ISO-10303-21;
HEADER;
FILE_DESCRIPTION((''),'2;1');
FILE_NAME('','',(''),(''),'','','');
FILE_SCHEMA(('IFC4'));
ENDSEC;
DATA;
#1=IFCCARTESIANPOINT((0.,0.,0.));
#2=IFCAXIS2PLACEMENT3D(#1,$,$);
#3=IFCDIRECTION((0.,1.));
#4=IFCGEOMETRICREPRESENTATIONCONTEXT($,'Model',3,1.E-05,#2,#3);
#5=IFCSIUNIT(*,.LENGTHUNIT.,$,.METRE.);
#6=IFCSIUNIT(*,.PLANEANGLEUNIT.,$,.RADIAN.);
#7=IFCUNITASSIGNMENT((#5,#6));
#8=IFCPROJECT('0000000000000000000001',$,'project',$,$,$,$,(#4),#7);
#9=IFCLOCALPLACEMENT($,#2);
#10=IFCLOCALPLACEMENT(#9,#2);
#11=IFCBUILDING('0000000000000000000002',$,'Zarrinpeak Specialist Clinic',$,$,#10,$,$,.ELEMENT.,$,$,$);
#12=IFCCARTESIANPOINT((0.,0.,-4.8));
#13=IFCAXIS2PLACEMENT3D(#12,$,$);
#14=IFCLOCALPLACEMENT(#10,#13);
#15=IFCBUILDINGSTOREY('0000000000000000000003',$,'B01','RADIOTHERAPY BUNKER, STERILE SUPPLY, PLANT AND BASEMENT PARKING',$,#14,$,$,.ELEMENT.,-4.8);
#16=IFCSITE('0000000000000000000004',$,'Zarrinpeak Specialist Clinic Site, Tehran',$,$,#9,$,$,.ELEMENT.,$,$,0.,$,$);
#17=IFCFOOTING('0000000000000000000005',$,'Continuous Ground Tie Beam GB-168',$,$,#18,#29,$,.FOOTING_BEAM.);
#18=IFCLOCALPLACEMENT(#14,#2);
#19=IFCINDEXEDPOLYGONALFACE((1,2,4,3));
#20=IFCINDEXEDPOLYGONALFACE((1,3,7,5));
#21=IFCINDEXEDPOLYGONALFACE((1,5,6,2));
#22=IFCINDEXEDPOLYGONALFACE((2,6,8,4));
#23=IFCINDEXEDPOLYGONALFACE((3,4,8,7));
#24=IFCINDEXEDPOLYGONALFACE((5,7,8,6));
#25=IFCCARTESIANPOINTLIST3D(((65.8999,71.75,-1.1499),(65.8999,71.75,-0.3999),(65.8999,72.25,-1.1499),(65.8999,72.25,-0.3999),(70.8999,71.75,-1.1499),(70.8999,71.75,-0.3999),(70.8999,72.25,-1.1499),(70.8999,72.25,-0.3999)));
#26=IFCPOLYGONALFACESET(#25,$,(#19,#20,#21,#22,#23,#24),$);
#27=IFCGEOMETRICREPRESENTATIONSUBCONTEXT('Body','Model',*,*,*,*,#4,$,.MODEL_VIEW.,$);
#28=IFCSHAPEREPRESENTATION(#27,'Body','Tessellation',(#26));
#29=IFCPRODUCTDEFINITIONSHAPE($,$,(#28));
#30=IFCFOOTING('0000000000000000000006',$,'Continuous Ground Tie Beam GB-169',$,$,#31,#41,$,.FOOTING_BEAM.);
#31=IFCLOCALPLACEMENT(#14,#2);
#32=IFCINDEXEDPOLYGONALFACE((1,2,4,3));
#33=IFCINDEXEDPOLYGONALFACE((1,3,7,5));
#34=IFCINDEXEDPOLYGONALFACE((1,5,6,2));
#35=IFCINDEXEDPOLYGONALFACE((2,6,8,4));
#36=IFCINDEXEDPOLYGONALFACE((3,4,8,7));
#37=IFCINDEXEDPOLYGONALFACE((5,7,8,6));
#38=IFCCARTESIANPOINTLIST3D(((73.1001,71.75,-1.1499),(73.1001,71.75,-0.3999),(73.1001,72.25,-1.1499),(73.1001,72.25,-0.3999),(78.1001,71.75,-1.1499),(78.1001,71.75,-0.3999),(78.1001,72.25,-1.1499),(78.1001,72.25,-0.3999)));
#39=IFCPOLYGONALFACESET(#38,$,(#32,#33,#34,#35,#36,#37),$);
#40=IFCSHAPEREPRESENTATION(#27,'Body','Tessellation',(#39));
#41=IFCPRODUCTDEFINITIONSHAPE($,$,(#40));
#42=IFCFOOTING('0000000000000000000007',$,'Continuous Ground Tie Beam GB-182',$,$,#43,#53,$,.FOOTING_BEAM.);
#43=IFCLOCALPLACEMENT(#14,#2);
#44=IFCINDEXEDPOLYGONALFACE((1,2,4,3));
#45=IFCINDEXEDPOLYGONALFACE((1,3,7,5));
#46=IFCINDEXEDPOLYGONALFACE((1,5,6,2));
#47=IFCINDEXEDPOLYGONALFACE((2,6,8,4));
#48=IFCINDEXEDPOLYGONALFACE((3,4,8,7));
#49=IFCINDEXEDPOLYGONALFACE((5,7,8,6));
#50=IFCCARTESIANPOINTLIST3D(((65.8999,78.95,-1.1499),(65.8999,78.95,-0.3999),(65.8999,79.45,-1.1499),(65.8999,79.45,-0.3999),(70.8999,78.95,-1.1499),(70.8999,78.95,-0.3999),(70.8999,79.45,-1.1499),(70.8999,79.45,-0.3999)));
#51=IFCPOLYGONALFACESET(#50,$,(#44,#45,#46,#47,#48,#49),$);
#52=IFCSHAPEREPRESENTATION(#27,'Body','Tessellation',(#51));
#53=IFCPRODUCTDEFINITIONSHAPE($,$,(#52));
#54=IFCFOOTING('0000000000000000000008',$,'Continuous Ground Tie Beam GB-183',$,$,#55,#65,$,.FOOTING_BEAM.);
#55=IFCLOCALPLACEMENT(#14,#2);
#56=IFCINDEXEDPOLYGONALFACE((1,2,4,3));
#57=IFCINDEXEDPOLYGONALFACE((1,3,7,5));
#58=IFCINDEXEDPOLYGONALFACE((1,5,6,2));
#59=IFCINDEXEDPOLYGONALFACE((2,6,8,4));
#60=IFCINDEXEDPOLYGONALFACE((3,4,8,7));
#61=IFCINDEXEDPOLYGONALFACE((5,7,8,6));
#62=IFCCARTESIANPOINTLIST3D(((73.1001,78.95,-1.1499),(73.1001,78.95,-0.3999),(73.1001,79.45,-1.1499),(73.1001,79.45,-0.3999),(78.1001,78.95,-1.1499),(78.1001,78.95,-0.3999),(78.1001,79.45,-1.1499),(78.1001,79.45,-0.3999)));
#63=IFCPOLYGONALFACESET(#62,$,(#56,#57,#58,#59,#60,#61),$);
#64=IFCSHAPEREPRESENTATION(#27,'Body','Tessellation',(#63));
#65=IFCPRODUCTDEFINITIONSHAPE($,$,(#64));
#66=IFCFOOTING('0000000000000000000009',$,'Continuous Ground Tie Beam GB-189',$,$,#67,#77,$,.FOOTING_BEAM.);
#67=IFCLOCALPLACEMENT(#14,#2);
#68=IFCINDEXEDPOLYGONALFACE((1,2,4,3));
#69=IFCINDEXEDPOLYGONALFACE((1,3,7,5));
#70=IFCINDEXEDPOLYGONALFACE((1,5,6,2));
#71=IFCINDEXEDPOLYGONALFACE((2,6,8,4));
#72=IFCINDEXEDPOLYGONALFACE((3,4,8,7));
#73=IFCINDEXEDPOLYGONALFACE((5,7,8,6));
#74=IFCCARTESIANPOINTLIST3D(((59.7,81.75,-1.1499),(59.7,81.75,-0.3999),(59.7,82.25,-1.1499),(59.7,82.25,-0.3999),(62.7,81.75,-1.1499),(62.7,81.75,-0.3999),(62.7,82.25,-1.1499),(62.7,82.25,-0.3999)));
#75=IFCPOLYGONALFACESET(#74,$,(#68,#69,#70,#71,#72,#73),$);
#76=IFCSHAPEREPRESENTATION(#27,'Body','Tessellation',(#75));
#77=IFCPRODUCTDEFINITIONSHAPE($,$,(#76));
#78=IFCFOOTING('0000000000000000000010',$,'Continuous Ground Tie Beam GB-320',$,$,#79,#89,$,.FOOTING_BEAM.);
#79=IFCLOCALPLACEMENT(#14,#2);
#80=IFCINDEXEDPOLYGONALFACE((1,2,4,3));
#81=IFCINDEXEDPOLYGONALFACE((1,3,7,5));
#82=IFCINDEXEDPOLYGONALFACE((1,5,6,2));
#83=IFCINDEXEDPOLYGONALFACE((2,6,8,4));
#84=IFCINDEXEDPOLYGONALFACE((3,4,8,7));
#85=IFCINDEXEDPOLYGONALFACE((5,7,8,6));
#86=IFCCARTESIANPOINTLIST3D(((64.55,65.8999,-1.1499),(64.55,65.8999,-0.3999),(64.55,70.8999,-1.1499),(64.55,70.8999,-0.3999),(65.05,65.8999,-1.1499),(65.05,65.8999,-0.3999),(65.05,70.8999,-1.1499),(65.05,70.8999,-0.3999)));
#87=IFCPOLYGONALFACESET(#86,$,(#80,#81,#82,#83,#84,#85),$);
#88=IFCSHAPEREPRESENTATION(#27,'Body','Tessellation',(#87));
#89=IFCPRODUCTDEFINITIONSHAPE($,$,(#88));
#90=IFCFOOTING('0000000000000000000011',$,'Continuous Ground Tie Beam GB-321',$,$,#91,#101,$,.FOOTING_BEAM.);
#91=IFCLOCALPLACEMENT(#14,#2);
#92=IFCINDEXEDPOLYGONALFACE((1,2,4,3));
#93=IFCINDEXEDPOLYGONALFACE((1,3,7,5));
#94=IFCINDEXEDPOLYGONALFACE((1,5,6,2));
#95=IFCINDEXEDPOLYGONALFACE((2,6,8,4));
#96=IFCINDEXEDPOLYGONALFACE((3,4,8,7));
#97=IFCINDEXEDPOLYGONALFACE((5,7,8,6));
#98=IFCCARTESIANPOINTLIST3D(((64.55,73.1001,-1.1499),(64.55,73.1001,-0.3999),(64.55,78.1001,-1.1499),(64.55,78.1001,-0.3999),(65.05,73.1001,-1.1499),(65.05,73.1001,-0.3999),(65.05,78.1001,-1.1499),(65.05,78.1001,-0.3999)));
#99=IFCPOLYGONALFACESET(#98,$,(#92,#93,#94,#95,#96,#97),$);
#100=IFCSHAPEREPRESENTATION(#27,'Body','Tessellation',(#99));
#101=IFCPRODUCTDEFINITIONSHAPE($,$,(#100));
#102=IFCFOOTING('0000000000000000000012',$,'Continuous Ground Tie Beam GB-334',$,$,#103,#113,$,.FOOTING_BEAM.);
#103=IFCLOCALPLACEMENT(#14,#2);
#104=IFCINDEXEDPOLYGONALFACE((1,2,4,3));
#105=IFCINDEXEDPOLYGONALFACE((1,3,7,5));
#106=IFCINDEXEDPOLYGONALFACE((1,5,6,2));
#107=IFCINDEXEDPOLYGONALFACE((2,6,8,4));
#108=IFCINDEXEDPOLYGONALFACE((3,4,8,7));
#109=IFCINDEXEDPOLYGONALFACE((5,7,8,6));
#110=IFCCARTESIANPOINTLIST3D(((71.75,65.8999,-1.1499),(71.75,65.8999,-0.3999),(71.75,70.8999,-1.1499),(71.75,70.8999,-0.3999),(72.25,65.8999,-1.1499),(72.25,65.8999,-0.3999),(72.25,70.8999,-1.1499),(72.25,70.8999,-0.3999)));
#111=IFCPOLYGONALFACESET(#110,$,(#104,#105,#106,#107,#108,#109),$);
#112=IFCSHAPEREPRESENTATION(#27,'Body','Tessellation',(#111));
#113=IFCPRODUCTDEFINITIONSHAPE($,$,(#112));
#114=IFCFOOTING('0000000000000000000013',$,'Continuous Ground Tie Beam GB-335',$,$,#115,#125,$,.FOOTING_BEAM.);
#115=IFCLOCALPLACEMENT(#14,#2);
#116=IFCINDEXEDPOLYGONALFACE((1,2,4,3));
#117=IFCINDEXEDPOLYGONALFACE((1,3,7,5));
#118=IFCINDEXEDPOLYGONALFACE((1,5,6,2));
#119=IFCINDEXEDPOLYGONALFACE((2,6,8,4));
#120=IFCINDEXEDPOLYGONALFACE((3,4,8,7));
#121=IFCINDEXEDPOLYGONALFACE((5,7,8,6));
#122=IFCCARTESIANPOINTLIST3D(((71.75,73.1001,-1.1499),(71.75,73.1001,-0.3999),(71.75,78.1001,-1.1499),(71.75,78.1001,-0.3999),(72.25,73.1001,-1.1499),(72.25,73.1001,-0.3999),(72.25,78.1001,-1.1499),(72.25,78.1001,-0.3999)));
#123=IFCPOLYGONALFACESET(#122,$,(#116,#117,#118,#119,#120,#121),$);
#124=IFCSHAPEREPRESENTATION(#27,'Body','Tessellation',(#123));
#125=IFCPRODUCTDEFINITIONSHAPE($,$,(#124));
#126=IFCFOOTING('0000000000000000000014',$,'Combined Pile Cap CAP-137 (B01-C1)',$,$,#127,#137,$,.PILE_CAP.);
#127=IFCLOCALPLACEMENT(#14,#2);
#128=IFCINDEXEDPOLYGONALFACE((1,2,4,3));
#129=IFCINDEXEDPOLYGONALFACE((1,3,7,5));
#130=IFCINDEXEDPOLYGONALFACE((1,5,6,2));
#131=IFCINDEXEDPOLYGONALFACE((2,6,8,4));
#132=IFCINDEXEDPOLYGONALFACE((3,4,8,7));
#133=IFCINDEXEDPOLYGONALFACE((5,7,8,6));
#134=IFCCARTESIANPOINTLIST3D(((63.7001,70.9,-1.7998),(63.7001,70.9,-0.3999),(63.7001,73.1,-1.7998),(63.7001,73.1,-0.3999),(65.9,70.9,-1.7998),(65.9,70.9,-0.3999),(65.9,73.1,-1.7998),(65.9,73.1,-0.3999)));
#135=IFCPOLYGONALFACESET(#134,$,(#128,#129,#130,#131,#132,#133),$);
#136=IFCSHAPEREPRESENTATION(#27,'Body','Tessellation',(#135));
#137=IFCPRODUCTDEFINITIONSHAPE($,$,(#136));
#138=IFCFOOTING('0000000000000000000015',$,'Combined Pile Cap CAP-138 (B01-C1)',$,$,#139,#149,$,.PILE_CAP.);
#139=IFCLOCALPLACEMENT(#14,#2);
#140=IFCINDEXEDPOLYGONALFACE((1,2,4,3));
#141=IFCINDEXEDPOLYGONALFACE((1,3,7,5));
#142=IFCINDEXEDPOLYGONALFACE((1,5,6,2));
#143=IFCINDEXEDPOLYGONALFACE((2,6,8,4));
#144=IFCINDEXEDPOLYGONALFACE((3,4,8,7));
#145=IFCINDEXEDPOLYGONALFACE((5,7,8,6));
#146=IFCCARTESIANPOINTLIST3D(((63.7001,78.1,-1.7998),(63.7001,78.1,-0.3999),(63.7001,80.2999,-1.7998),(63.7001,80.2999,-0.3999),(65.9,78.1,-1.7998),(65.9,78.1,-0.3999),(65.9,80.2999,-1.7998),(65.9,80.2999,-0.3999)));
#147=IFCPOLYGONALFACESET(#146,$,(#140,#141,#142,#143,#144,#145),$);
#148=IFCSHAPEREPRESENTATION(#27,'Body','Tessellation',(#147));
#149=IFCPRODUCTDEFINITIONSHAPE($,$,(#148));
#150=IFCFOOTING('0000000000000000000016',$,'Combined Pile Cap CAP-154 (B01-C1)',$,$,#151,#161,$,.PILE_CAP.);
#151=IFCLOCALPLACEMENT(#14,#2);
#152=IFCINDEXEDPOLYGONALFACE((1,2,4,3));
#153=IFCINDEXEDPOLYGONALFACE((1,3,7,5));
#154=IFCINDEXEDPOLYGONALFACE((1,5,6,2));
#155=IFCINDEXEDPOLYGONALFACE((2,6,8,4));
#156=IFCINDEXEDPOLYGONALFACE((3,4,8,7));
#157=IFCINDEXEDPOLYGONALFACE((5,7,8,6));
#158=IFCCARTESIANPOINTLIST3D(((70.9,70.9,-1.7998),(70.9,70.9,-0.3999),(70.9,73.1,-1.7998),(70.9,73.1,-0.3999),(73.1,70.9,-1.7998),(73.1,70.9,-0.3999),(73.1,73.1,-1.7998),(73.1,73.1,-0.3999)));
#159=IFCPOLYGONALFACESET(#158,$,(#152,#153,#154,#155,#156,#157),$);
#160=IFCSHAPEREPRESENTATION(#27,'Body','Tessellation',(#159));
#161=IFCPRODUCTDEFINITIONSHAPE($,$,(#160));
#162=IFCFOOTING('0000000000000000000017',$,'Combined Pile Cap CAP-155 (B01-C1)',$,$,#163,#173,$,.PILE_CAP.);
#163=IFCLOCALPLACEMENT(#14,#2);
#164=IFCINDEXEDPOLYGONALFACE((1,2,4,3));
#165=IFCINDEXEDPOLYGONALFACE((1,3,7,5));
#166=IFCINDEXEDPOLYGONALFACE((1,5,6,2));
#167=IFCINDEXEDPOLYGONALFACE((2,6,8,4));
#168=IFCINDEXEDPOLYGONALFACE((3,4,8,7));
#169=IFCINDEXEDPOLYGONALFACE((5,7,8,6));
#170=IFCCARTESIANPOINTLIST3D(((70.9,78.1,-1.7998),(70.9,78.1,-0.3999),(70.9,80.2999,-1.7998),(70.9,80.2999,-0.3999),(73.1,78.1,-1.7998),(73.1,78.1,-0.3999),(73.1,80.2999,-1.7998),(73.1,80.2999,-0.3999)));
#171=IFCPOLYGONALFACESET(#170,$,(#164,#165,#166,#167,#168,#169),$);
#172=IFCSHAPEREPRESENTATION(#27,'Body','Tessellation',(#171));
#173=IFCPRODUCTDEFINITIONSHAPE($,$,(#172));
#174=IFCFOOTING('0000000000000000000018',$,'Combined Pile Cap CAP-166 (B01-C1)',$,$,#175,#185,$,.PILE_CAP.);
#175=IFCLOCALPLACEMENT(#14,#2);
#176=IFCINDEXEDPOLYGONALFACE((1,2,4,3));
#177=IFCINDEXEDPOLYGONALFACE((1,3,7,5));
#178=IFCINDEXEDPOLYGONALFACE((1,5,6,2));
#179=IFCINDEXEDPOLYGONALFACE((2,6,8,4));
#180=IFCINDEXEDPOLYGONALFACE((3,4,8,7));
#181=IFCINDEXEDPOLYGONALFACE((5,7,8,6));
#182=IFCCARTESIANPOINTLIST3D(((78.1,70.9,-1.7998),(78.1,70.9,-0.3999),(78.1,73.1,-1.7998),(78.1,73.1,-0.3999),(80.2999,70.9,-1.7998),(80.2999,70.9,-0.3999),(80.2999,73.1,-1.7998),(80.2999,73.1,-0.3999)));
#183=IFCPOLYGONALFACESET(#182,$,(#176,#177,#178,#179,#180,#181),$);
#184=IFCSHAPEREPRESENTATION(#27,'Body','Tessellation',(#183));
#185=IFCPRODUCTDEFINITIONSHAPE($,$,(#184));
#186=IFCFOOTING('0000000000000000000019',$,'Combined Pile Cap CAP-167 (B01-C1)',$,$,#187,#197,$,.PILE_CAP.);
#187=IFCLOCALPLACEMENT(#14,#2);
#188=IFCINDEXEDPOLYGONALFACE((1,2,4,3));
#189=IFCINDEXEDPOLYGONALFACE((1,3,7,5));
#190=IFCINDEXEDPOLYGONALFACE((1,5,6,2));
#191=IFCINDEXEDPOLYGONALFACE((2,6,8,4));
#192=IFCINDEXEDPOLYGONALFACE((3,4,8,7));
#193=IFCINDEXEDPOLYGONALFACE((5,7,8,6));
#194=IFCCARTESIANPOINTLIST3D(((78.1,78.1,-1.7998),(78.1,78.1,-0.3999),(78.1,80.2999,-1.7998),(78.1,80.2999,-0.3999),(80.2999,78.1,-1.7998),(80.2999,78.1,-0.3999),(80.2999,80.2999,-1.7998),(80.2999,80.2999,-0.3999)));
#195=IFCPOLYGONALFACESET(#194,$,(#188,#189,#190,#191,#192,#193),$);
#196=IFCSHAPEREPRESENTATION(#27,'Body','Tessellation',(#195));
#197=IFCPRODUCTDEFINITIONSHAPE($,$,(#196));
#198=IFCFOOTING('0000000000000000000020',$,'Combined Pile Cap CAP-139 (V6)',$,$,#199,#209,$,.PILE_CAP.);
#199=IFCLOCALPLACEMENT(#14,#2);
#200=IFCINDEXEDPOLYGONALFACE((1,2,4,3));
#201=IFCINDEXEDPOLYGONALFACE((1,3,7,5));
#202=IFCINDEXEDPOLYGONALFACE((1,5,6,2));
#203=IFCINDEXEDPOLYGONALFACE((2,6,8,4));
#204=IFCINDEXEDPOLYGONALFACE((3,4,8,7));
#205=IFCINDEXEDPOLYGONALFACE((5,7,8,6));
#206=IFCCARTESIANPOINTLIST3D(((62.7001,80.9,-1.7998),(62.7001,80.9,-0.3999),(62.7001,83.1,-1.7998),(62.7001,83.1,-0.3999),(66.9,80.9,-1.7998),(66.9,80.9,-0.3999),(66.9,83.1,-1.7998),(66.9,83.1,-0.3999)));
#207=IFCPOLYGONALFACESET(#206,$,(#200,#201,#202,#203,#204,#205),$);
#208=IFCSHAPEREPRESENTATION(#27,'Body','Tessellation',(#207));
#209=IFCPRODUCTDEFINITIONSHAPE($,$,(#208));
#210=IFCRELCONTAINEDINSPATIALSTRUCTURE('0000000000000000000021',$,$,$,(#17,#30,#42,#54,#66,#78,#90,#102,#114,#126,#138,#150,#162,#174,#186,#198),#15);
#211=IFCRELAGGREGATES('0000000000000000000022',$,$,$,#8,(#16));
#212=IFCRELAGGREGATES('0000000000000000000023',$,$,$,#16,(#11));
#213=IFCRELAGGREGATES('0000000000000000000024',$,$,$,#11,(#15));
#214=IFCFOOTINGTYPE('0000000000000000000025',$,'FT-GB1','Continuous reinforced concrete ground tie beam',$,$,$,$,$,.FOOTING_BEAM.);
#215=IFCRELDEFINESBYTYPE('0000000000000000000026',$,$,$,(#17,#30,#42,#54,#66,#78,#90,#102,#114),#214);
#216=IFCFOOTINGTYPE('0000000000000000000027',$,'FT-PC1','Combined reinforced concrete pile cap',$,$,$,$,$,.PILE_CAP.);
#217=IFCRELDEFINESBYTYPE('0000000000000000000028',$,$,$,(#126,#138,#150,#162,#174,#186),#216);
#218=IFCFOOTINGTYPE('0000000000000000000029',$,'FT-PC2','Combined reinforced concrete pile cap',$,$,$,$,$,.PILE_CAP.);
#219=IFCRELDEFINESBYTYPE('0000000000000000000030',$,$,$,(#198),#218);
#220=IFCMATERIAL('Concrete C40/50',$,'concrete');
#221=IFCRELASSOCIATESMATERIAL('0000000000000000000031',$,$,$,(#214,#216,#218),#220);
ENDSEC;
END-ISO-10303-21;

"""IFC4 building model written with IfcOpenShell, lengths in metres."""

from ifc_helpers import new_model, si_unit, direction, frame, origin, origin_2d, place, context, subcontext, project, spatial, rectangle, extrude, material, material_profile, profile_set, type_object, element, save


model = new_model("IFC4")

# Units and contexts
model_context = context("Model", 3, precision=1e-05, world=origin(), true_north=direction((0.0, 1.0)))
body_context = subcontext(model_context, "Body", "Model", "MODEL_VIEW")
ifc_project = project(units=[si_unit("LENGTHUNIT", "METRE"), si_unit("PLANEANGLEUNIT", "RADIAN")], contexts=[model_context])

# Site, building, storey
site_placement = place(None, origin())
site = spatial("IfcSite", under=ifc_project, at=site_placement, Name="Zarrinpeak Specialist Clinic Site, Tehran", CompositionType="ELEMENT", RefElevation=0.0)
building_placement = place(site_placement, origin())
building = spatial("IfcBuilding", under=site, at=building_placement, Name="Zarrinpeak Specialist Clinic", CompositionType="ELEMENT")
storey_placement = place(building_placement, frame((0.0, 0.0, -4.8)))
storey = spatial("IfcBuildingStorey", under=building, at=storey_placement, Name="B01", Description="RADIOTHERAPY BUNKER, STERILE SUPPLY, PLANT AND BASEMENT PARKING", CompositionType="ELEMENT", Elevation=-4.8)

# Footings
ifc_material = material(Name="Concrete C40/50", Category="concrete")
ifc_material_profile_1 = material_profile(ifc_material, rectangle(XDim=0.5, YDim=0.75, at=origin_2d()), Name="RC 500x750")
ifc_profile_set_1 = profile_set([ifc_material_profile_1], Name="Concrete C40/50")
footing_type_1 = type_object("IfcFootingType", Name="FT-GB1", Description="Continuous reinforced concrete ground tie beam", PredefinedType="FOOTING_BEAM", material=ifc_profile_set_1)
for number, where, z_axis, x_axis, name in (
    (1, (65.8999, 72.0, -0.7749), (1.0, 0.0, 0.0), (0.0, 1.0, 0.0), "Continuous Ground Tie Beam GB-168"),
    (2, (73.1001, 72.0, -0.7749), (1.0, 0.0, 0.0), (0.0, 1.0, 0.0), "Continuous Ground Tie Beam GB-169"),
    (3, (65.8999, 79.2, -0.7749), (1.0, 0.0, 0.0), (0.0, 1.0, 0.0), "Continuous Ground Tie Beam GB-182"),
    (4, (73.1001, 79.2, -0.7749), (1.0, 0.0, 0.0), (0.0, 1.0, 0.0), "Continuous Ground Tie Beam GB-183"),
):
    element("IfcFooting", number, at=place(storey_placement, frame(where, z_axis=z_axis, x_axis=x_axis)), inside=storey, type_object=footing_type_1, Name=name, PredefinedType="FOOTING_BEAM", context=body_context, shape_type="SweptSolid", body=[
        extrude(rectangle(XDim=0.5, YDim=0.75, at=origin_2d()), origin(), (0.0, 0.0, 1.0), 5.0),
    ])
footing_1_placement = place(storey_placement, frame((59.7, 82.0, -0.7749), z_axis=(1.0, 0.0, 0.0), x_axis=(0.0, 1.0, 0.0)))
element("IfcFooting", 5, at=footing_1_placement, inside=storey, type_object=footing_type_1, Name="Continuous Ground Tie Beam GB-189", PredefinedType="FOOTING_BEAM", context=body_context, shape_type="SweptSolid", body=[
    extrude(rectangle(XDim=0.5, YDim=0.75, at=origin_2d()), origin(), (0.0, 0.0, 1.0), 3.0),
])
for number, where, z_axis, x_axis, name in (
    (6, (64.8, 65.8999, -0.7749), (0.0, 1.0, 0.0), (-1.0, 0.0, 0.0), "Continuous Ground Tie Beam GB-320"),
    (7, (64.8, 73.1001, -0.7749), (0.0, 1.0, 0.0), (-1.0, 0.0, 0.0), "Continuous Ground Tie Beam GB-321"),
    (8, (72.0, 65.8999, -0.7749), (0.0, 1.0, 0.0), (-1.0, 0.0, 0.0), "Continuous Ground Tie Beam GB-334"),
    (9, (72.0, 73.1001, -0.7749), (0.0, 1.0, 0.0), (-1.0, 0.0, 0.0), "Continuous Ground Tie Beam GB-335"),
):
    element("IfcFooting", number, at=place(storey_placement, frame(where, z_axis=z_axis, x_axis=x_axis)), inside=storey, type_object=footing_type_1, Name=name, PredefinedType="FOOTING_BEAM", context=body_context, shape_type="SweptSolid", body=[
        extrude(rectangle(XDim=0.5, YDim=0.75, at=origin_2d()), origin(), (0.0, 0.0, 1.0), 5.0),
    ])
footing_type_2 = type_object("IfcFootingType", Name="FT-PC1", Description="Combined reinforced concrete pile cap", PredefinedType="PILE_CAP", material=ifc_material)
for number, where, z_axis, x_axis, name in (
    (10, (64.8, 72.0, -1.7998), (0.0, 0.0, 1.0), (1.0, 0.0, 0.0), "Combined Pile Cap CAP-137 (B01-C1)"),
    (11, (64.8, 79.2, -1.7998), (0.0, 0.0, 1.0), (1.0, 0.0, 0.0), "Combined Pile Cap CAP-138 (B01-C1)"),
    (12, (72.0, 72.0, -1.7998), (0.0, 0.0, 1.0), (1.0, 0.0, 0.0), "Combined Pile Cap CAP-154 (B01-C1)"),
    (13, (72.0, 79.2, -1.7998), (0.0, 0.0, 1.0), (1.0, 0.0, 0.0), "Combined Pile Cap CAP-155 (B01-C1)"),
    (14, (79.2, 72.0, -1.7998), (0.0, 0.0, 1.0), (1.0, 0.0, 0.0), "Combined Pile Cap CAP-166 (B01-C1)"),
    (15, (79.2, 79.2, -1.7998), (0.0, 0.0, 1.0), (1.0, 0.0, 0.0), "Combined Pile Cap CAP-167 (B01-C1)"),
):
    element("IfcFooting", number, at=place(storey_placement, frame(where, z_axis=z_axis, x_axis=x_axis)), inside=storey, type_object=footing_type_2, Name=name, PredefinedType="PILE_CAP", context=body_context, shape_type="SweptSolid", body=[
        extrude(rectangle(XDim=2.2, YDim=2.2, at=origin_2d()), origin(), (0.0, 0.0, 1.0), 1.3999),
    ])
footing_type_3 = type_object("IfcFootingType", Name="FT-PC2", Description="Combined reinforced concrete pile cap", PredefinedType="PILE_CAP", material=ifc_material)
footing_2_placement = place(storey_placement, frame((64.8, 82.0, -1.7998), z_axis=(0.0, 0.0, 1.0), x_axis=(1.0, 0.0, 0.0)))
element("IfcFooting", 16, at=footing_2_placement, inside=storey, type_object=footing_type_3, Name="Combined Pile Cap CAP-139 (V6)", PredefinedType="PILE_CAP", context=body_context, shape_type="SweptSolid", body=[
    extrude(rectangle(XDim=4.2, YDim=2.2, at=origin_2d()), origin(), (0.0, 0.0, 1.0), 1.3999),
])

save(model, "model.ifc")
